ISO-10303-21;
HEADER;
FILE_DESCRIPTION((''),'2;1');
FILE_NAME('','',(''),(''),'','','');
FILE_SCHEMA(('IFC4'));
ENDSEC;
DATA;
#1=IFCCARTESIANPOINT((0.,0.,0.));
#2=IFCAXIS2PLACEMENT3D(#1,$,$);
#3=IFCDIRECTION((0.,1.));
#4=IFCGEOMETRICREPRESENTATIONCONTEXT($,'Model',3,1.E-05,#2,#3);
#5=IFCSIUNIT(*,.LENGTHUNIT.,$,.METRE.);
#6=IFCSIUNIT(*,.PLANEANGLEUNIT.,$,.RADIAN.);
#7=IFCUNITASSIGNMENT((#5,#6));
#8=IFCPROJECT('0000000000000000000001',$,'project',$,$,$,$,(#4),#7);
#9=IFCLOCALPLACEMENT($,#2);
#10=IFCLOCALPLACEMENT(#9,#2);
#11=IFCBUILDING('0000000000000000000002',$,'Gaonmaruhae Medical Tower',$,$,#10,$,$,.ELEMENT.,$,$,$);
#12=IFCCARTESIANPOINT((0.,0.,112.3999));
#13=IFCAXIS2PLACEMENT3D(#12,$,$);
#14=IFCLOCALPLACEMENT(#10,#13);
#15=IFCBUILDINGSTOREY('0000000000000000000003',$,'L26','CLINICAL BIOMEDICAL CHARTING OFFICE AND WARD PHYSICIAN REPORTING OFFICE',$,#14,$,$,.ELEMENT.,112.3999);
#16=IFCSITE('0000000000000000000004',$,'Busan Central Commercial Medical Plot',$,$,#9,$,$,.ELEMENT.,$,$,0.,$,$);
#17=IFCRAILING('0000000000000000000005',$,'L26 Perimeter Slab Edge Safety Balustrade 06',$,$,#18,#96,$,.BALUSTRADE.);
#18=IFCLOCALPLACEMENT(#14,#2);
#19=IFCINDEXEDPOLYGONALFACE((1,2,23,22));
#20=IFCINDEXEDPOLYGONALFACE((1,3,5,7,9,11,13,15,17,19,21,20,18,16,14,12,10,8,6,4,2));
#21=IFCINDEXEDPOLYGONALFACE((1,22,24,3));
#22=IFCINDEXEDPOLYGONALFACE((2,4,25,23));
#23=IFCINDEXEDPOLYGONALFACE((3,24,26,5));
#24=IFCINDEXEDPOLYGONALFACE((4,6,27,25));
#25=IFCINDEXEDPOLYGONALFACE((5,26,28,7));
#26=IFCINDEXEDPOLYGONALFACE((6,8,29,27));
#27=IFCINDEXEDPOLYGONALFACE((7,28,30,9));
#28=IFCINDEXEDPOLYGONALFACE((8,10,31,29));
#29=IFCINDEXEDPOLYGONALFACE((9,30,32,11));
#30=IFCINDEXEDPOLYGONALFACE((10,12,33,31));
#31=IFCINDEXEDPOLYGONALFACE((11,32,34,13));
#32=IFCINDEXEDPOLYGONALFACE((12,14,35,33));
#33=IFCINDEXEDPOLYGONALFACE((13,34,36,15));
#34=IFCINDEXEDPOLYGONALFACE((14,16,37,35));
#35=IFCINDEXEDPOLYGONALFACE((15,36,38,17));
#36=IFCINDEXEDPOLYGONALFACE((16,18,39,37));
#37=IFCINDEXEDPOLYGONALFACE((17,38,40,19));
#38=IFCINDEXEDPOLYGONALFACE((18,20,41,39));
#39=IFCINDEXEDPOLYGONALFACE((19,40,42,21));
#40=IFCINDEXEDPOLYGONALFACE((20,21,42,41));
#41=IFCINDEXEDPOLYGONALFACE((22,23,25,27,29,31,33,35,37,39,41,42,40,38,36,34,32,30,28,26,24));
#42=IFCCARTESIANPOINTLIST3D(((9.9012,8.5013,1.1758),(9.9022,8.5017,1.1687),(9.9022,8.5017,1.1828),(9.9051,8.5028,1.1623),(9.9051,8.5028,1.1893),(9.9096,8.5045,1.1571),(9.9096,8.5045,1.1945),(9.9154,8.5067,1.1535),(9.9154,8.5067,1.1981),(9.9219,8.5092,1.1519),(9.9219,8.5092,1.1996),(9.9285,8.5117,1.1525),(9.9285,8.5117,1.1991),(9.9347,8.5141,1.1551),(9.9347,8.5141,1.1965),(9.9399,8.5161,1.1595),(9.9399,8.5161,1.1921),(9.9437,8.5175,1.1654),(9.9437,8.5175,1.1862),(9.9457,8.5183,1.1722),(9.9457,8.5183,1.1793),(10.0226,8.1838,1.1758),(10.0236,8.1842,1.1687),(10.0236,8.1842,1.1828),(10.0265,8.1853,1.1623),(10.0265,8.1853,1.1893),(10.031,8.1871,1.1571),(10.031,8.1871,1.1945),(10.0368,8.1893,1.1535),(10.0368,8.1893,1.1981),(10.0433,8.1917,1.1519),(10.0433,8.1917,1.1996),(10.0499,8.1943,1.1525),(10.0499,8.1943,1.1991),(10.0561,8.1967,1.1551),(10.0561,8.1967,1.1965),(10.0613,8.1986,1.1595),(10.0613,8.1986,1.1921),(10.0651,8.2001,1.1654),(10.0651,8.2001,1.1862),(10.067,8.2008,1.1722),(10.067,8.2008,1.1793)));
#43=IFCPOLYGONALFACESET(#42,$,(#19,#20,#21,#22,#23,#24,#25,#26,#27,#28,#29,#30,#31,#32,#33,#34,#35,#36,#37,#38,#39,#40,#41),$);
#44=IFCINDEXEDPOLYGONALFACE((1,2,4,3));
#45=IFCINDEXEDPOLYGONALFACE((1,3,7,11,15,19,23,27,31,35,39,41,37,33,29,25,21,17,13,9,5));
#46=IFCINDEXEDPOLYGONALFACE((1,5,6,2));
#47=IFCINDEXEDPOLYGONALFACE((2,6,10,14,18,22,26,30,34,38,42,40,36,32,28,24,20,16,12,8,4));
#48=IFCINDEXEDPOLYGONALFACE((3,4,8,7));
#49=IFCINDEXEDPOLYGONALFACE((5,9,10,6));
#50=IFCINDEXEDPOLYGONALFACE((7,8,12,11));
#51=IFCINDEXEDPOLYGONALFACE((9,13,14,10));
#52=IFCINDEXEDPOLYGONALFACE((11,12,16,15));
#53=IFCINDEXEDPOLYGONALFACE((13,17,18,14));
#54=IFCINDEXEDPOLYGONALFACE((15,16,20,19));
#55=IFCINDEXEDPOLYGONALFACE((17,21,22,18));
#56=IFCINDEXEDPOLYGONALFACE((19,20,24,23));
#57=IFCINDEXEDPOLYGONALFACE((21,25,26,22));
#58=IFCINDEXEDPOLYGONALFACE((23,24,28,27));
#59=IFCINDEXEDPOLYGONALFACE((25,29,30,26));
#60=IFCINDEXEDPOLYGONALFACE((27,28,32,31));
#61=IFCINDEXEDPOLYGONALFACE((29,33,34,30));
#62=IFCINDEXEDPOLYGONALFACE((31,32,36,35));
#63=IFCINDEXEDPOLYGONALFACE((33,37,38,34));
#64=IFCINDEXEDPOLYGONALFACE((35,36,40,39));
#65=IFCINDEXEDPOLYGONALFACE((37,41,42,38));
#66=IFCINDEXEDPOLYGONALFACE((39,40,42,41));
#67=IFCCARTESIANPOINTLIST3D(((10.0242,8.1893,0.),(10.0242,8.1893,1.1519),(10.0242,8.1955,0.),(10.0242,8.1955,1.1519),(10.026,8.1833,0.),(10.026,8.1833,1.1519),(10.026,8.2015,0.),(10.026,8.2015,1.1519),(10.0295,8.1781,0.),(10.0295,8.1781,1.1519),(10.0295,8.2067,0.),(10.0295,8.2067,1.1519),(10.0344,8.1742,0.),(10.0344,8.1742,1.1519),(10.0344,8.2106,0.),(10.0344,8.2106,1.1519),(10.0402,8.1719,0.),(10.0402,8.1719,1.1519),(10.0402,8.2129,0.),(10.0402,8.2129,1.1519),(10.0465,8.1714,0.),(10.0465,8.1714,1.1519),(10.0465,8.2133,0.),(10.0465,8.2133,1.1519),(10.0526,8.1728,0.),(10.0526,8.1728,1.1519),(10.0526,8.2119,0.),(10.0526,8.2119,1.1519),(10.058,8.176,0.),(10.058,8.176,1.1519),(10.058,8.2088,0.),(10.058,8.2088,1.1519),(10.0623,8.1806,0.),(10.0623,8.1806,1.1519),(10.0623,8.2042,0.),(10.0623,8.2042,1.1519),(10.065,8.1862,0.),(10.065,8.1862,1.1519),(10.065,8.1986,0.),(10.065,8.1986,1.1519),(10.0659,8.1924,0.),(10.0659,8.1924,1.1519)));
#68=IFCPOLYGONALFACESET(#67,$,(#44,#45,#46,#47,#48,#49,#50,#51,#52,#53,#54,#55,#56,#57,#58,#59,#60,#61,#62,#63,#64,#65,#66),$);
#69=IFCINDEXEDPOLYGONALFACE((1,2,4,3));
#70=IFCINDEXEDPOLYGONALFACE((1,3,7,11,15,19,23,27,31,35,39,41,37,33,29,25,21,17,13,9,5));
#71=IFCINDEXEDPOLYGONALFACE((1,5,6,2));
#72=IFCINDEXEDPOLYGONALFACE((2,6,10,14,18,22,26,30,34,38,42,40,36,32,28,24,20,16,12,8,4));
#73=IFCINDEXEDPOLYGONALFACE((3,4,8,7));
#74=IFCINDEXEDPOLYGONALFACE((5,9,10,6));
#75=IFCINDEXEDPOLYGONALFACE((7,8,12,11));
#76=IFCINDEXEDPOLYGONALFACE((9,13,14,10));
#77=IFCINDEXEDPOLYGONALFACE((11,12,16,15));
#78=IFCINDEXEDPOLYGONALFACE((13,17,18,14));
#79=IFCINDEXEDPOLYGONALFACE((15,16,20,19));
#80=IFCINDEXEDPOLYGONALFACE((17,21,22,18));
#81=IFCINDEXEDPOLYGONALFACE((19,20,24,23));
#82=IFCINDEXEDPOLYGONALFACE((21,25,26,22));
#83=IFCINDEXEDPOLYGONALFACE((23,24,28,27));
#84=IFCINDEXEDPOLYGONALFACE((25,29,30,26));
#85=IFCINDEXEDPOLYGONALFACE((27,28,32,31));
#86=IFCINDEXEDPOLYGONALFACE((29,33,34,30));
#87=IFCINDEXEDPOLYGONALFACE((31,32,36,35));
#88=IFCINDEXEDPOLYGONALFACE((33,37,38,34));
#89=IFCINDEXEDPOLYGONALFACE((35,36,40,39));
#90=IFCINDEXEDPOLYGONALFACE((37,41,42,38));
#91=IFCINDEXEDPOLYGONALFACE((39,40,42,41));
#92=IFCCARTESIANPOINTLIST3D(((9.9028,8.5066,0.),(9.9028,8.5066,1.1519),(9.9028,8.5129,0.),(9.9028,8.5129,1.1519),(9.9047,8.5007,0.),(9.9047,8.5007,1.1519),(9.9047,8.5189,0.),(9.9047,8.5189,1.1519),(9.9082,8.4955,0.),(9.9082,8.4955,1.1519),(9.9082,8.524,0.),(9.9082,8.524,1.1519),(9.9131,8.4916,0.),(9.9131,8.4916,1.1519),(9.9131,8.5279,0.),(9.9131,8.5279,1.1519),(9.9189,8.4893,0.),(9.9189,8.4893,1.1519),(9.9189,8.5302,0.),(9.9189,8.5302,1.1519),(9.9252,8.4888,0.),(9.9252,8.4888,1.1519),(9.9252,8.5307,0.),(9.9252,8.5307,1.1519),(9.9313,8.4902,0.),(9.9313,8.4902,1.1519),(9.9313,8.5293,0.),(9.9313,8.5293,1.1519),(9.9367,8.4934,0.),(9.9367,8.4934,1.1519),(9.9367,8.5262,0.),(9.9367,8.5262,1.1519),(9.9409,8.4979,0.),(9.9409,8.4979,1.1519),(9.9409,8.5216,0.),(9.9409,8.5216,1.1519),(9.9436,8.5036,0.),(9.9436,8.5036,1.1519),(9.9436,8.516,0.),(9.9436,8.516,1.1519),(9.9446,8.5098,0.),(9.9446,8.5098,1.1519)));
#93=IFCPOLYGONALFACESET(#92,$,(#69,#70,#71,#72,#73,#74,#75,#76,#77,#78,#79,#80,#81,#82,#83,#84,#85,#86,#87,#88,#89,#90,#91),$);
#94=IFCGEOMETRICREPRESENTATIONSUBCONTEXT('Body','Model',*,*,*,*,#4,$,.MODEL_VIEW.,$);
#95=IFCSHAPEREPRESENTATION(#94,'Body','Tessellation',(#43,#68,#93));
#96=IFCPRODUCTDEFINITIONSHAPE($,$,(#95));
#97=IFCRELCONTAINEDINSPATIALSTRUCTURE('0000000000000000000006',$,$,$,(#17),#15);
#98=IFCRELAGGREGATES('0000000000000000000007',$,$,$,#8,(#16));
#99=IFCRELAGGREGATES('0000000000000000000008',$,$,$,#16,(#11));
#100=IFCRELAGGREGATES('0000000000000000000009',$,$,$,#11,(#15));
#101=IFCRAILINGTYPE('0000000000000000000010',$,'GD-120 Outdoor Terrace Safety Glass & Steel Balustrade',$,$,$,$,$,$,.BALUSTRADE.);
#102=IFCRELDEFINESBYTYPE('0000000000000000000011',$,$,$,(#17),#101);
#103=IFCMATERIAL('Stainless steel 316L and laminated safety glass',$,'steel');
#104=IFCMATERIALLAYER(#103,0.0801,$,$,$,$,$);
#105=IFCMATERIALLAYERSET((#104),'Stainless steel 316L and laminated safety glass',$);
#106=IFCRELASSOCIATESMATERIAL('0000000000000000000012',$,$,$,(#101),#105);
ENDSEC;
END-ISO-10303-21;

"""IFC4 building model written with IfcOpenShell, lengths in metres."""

from ifc_helpers import new_model, si_unit, direction, frame, origin, origin_2d, place, context, subcontext, project, spatial, circle, extrude, material, layer, layer_set, type_object, element, save


model = new_model("IFC4")

# Units and contexts
model_context = context("Model", 3, precision=1e-05, world=origin(), true_north=direction((0.0, 1.0)))
body_context = subcontext(model_context, "Body", "Model", "MODEL_VIEW")
ifc_project = project(units=[si_unit("LENGTHUNIT", "METRE"), si_unit("PLANEANGLEUNIT", "RADIAN")], contexts=[model_context])

# Site, building, storey
site_placement = place(None, origin())
site = spatial("IfcSite", under=ifc_project, at=site_placement, Name="Busan Central Commercial Medical Plot", CompositionType="ELEMENT", RefElevation=0.0)
building_placement = place(site_placement, origin())
building = spatial("IfcBuilding", under=site, at=building_placement, Name="Gaonmaruhae Medical Tower", CompositionType="ELEMENT")
storey_placement = place(building_placement, frame((0.0, 0.0, 112.3999)))
storey = spatial("IfcBuildingStorey", under=building, at=storey_placement, Name="L26", Description="CLINICAL BIOMEDICAL CHARTING OFFICE AND WARD PHYSICIAN REPORTING OFFICE", CompositionType="ELEMENT", Elevation=112.3999)

# Railing
ifc_material_1 = material(Name="Stainless steel 316L and laminated safety glass", Category="steel")
ifc_layer_1 = layer(ifc_material_1, 0.0801)
ifc_layer_set_1 = layer_set([ifc_layer_1], Name="Stainless steel 316L and laminated safety glass")
railing_type = type_object("IfcRailingType", Name="GD-120 Outdoor Terrace Safety Glass & Steel Balustrade", PredefinedType="BALUSTRADE", material=ifc_layer_set_1)
railing_1_placement = place(storey_placement, frame((10.0449, 8.1924, 0.0)))
element("IfcRailing", 1, at=railing_1_placement, inside=storey, type_object=railing_type, Name="L26 Perimeter Slab Edge Safety Balustrade 06", PredefinedType="BALUSTRADE", context=body_context, shape_type="SweptSolid", body=[
    extrude(circle(Radius=0.0239, at=origin_2d()), frame((0.0, 0.0, 1.1758), z_axis=(-0.357101, 0.934066, 0.0), x_axis=(-0.934066, -0.357101, 0.0)), (0.0, 0.0, 1.0), 0.3398),
    extrude(circle(Radius=0.021, at=origin_2d()), origin(), (0.0, 0.0, 1.0), 1.1519),
    extrude(circle(Radius=0.021, at=origin_2d()), frame((-0.1213, 0.3174, 0.0)), (0.0, 0.0, 1.0), 1.1519),
])

save(model, "model.ifc")
